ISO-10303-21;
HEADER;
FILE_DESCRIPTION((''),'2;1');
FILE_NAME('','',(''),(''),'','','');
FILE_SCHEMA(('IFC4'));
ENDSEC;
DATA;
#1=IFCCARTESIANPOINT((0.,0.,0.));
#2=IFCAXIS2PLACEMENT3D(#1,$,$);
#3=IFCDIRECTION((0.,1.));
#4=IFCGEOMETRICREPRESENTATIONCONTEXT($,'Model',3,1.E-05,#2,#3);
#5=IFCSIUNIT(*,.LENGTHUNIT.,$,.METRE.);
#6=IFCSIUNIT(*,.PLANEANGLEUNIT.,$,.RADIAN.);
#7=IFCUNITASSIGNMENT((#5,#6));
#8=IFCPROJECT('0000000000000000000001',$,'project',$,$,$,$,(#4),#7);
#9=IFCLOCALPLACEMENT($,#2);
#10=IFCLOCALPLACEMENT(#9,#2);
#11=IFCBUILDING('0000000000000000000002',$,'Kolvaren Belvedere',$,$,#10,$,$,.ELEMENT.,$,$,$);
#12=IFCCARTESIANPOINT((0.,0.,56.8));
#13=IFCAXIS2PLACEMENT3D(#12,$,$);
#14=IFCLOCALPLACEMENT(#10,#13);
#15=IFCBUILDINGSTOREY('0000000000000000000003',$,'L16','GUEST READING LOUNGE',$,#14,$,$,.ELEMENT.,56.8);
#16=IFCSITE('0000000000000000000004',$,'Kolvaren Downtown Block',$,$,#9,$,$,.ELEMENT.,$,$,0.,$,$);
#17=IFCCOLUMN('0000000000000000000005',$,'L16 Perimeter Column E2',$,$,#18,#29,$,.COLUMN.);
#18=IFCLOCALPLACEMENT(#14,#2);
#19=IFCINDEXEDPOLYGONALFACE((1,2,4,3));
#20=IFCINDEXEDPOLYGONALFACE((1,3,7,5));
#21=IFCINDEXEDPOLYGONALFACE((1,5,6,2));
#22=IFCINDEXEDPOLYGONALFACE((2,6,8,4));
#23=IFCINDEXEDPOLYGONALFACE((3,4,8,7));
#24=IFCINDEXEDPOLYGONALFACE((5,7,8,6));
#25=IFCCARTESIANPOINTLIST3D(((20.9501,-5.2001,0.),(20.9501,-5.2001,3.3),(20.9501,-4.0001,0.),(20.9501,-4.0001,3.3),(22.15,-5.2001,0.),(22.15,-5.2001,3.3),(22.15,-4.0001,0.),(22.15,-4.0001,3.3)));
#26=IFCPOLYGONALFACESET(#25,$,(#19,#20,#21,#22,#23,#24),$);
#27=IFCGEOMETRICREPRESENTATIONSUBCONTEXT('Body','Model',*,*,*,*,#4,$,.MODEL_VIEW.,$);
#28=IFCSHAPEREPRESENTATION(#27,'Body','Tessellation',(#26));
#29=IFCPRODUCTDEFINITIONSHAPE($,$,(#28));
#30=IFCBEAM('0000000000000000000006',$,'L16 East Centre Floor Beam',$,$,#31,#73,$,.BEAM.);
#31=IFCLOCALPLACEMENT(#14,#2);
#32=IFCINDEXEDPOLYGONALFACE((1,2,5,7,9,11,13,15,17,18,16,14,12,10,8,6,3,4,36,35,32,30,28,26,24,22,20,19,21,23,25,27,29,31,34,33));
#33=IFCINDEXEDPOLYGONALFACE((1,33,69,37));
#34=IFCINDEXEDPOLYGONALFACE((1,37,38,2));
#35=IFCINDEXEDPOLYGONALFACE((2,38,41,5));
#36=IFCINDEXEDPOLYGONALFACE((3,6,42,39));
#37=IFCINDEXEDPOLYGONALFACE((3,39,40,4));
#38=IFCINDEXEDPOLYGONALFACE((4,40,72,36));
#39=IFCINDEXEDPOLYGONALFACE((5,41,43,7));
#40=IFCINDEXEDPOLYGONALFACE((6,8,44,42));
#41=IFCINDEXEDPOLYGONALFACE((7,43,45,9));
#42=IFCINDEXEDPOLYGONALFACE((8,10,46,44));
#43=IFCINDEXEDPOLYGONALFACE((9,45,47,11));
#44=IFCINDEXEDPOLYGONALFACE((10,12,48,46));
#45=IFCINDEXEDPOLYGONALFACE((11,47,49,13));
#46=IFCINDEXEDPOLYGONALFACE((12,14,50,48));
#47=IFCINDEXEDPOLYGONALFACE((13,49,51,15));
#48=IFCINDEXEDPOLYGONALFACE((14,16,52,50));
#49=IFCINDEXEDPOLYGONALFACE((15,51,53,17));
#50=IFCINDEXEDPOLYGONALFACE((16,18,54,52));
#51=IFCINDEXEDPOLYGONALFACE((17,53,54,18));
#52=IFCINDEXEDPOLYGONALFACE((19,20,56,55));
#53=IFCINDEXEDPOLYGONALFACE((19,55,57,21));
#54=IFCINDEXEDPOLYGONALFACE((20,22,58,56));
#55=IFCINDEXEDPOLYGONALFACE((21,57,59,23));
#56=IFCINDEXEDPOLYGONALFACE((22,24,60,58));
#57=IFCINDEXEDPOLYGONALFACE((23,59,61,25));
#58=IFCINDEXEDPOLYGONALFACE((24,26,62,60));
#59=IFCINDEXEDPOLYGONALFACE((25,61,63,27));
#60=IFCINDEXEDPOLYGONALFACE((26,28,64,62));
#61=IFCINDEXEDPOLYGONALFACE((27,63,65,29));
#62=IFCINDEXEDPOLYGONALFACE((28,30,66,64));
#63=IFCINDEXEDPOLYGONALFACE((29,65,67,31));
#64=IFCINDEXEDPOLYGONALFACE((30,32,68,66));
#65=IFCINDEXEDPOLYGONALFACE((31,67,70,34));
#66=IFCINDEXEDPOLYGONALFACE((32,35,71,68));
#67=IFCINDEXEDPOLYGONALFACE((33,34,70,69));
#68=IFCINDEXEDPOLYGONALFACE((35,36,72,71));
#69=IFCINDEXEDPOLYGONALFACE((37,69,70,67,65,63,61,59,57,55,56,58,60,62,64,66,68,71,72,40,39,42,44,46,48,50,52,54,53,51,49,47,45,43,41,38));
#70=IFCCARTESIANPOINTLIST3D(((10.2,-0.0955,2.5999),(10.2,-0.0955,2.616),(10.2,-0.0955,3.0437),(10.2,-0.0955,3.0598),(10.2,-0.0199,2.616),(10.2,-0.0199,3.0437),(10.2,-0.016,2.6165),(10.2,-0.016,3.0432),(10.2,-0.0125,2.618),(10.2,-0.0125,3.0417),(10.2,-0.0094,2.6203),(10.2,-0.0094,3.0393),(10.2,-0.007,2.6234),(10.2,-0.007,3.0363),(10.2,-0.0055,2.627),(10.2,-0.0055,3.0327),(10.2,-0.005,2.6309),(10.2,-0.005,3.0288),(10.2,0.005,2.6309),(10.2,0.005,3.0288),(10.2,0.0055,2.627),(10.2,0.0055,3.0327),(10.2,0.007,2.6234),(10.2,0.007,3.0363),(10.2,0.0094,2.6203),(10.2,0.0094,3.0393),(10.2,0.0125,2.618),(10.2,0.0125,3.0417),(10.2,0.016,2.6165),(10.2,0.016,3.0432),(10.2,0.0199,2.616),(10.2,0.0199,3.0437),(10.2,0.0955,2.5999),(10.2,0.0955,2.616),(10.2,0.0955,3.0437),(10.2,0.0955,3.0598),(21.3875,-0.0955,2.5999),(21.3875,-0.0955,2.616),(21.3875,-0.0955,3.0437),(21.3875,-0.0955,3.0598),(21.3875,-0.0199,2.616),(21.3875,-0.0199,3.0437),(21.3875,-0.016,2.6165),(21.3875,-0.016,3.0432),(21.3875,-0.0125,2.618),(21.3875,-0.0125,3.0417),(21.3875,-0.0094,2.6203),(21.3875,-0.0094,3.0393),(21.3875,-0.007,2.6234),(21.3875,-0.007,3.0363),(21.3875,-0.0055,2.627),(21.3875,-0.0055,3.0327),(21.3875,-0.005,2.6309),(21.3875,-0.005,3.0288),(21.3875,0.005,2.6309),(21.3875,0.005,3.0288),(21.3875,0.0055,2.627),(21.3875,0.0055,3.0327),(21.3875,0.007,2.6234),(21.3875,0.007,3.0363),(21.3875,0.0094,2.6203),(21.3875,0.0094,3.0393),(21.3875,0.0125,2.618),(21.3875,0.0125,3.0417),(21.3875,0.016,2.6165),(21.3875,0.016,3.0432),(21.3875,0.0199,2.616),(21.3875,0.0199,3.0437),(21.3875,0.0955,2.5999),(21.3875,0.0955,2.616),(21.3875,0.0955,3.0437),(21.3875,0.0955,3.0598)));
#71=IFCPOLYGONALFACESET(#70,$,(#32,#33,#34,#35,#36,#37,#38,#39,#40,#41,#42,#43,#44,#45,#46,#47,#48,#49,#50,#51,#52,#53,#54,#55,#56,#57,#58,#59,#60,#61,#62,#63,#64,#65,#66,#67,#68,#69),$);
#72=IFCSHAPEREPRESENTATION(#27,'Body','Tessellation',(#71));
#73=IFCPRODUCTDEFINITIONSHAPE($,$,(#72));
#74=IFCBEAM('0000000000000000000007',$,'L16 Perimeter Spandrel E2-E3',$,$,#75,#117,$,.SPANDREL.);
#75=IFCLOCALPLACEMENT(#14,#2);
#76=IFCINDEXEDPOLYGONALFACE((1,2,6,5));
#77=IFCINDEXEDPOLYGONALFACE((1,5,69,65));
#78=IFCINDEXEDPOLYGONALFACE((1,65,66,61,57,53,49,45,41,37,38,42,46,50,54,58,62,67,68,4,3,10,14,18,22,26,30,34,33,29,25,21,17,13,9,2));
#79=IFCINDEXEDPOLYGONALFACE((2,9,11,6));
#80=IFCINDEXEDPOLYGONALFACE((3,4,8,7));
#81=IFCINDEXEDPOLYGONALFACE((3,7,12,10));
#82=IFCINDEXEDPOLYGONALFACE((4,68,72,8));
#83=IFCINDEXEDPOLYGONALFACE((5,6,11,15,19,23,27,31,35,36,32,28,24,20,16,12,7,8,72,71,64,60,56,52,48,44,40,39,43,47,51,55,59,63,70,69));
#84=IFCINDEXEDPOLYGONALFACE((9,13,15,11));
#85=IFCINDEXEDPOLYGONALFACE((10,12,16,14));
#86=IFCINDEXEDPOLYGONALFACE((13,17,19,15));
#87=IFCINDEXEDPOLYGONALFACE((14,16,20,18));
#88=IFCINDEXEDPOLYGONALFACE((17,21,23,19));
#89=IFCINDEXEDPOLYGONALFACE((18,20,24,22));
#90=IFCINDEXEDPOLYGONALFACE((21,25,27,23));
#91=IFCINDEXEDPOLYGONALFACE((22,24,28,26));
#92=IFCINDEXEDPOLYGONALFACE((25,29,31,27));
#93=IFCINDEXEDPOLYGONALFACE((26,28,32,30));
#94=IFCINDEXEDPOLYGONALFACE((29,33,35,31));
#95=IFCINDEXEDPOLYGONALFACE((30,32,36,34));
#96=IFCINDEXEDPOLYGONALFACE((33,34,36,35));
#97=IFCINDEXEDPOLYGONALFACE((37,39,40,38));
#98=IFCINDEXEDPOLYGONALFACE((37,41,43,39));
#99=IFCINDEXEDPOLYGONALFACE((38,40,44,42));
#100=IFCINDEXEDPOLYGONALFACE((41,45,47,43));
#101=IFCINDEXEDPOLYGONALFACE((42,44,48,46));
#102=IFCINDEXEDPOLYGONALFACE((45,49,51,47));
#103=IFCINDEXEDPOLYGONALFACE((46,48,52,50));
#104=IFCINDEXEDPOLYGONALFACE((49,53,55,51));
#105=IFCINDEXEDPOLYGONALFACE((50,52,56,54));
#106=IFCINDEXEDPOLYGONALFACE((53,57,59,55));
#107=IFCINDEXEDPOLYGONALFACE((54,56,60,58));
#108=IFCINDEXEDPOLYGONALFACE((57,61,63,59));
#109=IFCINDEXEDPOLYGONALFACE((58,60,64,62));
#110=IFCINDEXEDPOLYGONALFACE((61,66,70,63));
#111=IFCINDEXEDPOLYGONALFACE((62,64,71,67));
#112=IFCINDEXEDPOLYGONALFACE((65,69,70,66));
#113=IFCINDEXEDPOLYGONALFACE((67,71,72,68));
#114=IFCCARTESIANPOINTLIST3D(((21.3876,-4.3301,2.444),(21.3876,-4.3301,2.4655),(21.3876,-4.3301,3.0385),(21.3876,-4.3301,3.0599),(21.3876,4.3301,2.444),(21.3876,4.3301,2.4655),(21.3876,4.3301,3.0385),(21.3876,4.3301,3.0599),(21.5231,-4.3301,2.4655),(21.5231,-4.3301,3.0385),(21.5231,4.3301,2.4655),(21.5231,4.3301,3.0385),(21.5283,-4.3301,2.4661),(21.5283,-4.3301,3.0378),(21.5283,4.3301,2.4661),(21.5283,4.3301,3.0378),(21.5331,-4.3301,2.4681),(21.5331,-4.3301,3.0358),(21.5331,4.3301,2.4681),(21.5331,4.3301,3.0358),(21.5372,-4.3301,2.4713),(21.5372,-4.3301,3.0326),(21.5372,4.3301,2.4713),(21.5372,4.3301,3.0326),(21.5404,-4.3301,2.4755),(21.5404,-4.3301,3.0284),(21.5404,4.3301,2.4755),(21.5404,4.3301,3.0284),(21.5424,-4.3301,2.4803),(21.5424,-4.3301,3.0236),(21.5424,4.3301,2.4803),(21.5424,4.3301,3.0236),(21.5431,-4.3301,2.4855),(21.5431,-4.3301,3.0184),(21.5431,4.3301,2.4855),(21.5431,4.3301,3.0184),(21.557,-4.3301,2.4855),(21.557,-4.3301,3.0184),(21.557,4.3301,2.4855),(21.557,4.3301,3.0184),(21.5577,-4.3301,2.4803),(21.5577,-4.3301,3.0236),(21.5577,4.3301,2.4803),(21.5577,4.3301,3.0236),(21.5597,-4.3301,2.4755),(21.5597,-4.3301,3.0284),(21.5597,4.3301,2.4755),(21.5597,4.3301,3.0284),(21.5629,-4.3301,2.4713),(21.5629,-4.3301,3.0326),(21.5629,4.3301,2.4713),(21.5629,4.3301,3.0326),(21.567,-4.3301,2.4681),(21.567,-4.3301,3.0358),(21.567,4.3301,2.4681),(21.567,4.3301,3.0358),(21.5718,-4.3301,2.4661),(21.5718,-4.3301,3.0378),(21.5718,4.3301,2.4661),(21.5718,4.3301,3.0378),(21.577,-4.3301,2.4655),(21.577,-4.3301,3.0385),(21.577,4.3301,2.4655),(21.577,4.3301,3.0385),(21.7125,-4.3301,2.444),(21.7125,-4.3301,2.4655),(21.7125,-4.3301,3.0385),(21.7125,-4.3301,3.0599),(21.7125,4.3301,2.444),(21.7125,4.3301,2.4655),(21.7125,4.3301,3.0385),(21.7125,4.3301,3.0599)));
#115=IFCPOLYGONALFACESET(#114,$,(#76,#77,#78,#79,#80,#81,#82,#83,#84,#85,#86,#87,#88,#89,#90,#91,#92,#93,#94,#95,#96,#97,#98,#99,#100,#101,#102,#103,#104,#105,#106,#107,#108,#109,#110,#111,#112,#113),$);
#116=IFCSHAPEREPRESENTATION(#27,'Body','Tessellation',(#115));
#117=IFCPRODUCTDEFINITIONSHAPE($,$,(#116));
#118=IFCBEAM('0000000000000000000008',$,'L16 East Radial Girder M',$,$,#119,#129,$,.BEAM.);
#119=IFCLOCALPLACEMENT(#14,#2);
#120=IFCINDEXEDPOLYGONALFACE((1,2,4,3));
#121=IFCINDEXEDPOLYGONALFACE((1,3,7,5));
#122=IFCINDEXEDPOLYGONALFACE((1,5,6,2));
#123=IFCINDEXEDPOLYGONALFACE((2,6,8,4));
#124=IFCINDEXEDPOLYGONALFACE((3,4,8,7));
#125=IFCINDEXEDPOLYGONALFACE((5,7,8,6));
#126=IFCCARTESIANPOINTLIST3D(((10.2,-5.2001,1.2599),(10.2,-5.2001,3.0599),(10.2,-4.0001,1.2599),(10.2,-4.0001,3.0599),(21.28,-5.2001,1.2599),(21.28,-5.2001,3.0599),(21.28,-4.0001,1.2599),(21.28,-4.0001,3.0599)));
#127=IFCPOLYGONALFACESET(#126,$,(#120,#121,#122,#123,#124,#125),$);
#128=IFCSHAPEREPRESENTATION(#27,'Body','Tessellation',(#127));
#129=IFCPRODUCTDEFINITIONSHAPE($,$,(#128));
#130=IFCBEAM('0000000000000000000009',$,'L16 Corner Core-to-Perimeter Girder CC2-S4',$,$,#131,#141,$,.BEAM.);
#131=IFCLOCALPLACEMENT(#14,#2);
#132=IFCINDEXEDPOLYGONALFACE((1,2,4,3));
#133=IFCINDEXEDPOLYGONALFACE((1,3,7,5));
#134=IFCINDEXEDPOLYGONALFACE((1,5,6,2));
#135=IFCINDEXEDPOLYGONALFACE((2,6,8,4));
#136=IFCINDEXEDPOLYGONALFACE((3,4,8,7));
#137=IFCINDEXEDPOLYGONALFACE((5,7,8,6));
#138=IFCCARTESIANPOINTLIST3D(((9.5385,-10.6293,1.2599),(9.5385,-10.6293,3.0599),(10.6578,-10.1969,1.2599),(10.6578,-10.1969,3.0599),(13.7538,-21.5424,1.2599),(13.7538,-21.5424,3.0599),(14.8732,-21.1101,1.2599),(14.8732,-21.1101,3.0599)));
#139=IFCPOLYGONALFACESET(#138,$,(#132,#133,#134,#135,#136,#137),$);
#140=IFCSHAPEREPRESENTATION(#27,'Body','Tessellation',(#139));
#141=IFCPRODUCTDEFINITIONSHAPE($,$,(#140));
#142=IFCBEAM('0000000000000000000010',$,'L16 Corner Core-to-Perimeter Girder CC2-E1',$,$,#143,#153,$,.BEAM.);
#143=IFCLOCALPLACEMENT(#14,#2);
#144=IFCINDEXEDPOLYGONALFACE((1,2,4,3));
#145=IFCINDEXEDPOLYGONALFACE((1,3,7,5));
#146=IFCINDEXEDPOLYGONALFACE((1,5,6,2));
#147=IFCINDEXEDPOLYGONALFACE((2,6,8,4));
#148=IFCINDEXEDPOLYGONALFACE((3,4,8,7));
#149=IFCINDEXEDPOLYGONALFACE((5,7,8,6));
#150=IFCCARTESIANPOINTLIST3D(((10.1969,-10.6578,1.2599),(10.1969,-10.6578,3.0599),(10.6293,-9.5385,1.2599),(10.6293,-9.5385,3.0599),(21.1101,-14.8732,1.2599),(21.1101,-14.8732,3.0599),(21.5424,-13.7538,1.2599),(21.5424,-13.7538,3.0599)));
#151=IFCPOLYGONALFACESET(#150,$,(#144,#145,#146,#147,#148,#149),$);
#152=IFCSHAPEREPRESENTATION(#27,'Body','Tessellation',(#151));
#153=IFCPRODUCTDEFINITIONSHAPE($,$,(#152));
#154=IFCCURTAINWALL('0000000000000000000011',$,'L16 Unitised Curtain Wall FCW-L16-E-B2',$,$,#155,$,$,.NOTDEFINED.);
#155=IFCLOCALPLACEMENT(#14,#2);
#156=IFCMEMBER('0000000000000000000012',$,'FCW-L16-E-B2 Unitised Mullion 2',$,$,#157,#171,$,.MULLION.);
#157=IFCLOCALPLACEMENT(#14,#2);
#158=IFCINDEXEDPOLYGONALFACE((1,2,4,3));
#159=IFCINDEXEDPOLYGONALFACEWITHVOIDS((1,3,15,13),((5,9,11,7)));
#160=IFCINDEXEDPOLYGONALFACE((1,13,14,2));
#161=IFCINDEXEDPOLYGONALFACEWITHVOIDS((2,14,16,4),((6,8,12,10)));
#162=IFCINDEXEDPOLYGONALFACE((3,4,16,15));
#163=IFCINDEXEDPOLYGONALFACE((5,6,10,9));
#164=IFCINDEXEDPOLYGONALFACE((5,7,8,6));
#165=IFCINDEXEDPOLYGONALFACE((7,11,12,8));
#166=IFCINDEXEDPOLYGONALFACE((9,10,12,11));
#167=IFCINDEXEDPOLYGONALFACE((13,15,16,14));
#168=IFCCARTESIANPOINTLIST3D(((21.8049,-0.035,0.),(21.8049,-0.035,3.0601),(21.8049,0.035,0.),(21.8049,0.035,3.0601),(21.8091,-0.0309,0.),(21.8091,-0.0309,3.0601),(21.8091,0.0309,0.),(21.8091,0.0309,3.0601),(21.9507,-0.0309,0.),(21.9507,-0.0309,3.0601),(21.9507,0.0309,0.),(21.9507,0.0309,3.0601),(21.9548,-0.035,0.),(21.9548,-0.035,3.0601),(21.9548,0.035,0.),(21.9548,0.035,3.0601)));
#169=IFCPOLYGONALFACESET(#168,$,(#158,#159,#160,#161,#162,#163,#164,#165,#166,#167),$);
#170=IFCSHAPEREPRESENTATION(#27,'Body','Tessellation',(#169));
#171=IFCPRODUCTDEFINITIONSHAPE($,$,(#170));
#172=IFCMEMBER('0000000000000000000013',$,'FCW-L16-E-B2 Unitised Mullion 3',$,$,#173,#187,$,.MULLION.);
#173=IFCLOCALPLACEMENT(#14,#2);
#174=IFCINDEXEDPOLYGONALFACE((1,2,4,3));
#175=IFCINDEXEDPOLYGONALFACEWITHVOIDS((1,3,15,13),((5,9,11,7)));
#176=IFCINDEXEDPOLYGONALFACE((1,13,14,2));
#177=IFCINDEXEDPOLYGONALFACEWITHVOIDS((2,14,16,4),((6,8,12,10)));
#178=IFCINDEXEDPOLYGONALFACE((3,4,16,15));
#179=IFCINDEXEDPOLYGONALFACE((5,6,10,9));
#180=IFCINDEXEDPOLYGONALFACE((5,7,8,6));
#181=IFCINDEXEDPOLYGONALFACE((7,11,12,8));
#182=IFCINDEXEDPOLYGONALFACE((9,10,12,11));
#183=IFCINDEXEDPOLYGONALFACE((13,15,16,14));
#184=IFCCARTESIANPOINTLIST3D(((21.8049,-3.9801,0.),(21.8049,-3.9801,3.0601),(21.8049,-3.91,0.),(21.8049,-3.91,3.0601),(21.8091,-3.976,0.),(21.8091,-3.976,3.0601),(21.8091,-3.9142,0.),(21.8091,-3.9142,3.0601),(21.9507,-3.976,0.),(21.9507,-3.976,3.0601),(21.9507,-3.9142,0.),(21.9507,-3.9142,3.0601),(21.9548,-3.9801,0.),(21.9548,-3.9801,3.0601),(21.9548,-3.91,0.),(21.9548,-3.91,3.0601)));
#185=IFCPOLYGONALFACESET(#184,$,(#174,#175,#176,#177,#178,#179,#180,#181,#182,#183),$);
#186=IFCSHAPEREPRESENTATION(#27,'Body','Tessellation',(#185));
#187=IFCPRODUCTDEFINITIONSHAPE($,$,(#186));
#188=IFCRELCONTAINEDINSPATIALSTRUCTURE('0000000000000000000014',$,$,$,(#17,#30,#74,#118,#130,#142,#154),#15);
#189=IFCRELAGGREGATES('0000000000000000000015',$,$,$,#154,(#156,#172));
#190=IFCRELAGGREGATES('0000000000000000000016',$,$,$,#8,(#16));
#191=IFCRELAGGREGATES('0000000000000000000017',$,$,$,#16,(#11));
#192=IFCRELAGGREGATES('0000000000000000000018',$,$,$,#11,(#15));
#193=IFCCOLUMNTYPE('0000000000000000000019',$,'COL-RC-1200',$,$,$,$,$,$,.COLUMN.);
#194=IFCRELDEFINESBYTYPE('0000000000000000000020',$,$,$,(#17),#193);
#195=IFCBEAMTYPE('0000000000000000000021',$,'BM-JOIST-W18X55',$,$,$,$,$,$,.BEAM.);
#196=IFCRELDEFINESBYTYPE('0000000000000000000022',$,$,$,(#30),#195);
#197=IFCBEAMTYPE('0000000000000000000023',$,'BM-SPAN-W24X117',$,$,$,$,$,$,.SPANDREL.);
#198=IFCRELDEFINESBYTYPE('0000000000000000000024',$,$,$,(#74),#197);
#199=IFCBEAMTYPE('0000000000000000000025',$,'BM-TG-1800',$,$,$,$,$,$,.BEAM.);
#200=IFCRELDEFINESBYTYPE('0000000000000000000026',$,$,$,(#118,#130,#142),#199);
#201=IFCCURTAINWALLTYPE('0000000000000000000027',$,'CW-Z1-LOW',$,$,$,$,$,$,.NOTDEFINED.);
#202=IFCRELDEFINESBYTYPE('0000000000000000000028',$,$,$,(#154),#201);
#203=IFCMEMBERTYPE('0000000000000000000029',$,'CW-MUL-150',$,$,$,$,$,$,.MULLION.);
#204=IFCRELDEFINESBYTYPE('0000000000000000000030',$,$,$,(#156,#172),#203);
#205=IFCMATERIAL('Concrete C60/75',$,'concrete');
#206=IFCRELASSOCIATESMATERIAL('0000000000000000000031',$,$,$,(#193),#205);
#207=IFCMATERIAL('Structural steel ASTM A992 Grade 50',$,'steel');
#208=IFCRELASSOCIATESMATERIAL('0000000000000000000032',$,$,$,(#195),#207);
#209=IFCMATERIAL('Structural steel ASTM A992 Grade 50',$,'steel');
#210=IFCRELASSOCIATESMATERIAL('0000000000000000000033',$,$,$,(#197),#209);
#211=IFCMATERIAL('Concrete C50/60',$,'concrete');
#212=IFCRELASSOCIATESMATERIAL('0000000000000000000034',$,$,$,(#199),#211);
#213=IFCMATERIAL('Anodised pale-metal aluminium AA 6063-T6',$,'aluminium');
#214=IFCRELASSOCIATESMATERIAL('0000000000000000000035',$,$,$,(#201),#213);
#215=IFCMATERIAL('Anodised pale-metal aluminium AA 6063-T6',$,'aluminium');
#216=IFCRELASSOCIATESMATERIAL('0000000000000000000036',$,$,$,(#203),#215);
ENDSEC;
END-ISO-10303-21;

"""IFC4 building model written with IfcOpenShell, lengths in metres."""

from ifc_helpers import new_model, si_unit, direction, frame, origin, origin_2d, place, context, subcontext, project, spatial, rectangle, hollow_rectangle, i_section, extrude, material, material_profile, profile_set, type_object, element, aggregate, save


model = new_model("IFC4")

# Units and contexts
model_context = context("Model", 3, precision=1e-05, world=origin(), true_north=direction((0.0, 1.0)))
body_context = subcontext(model_context, "Body", "Model", "MODEL_VIEW")
ifc_project = project(units=[si_unit("LENGTHUNIT", "METRE"), si_unit("PLANEANGLEUNIT", "RADIAN")], contexts=[model_context])

# Site, building, storey
site_placement = place(None, origin())
site = spatial("IfcSite", under=ifc_project, at=site_placement, Name="Kolvaren Downtown Block", CompositionType="ELEMENT", RefElevation=0.0)
building_placement = place(site_placement, origin())
building = spatial("IfcBuilding", under=site, at=building_placement, Name="Kolvaren Belvedere", CompositionType="ELEMENT")
storey_placement = place(building_placement, frame((0.0, 0.0, 56.8)))
storey = spatial("IfcBuildingStorey", under=building, at=storey_placement, Name="L16", Description="GUEST READING LOUNGE", CompositionType="ELEMENT", Elevation=56.8)

# Column
ifc_material_1 = material(Name="Concrete C60/75", Category="concrete")
ifc_material_profile_1 = material_profile(ifc_material_1, rectangle(XDim=1.2, YDim=1.2, at=origin_2d()), Name="RC 1200X1200")
ifc_profile_set_1 = profile_set([ifc_material_profile_1], Name="Concrete C60/75")
column_type = type_object("IfcColumnType", Name="COL-RC-1200", PredefinedType="COLUMN", material=ifc_profile_set_1)
column_placement = place(storey_placement, frame((21.55, -4.6001, 0.0), z_axis=(0.0, 0.0, 1.0), x_axis=(1.0, 0.0, 0.0)))
element("IfcColumn", 1, at=column_placement, inside=storey, type_object=column_type, Name="L16 Perimeter Column E2", PredefinedType="COLUMN", context=body_context, shape_type="SweptSolid", body=[
    extrude(rectangle(XDim=1.2, YDim=1.2, at=origin_2d()), origin(), (0.0, 0.0, 1.0), 3.3),
])

# Beams
ifc_material_2 = material(Name="Structural steel ASTM A992 Grade 50", Category="steel")
ifc_material_profile_2 = material_profile(ifc_material_2, i_section(OverallWidth=0.1909, OverallDepth=0.46, WebThickness=0.01, FlangeThickness=0.0161, FilletRadius=0.0149, at=origin_2d()), Name="W18X55")
ifc_profile_set_2 = profile_set([ifc_material_profile_2], Name="Structural steel ASTM A992 Grade 50")
beam_type_1 = type_object("IfcBeamType", Name="BM-JOIST-W18X55", PredefinedType="BEAM", material=ifc_profile_set_2)
beam_1_placement = place(storey_placement, frame((10.2, 0.0, 2.8298), z_axis=(1.0, 0.0, 0.0), x_axis=(0.0, 1.0, 0.0)))
element("IfcBeam", 2, at=beam_1_placement, inside=storey, type_object=beam_type_1, Name="L16 East Centre Floor Beam", PredefinedType="BEAM", context=body_context, shape_type="SweptSolid", body=[
    extrude(i_section(OverallWidth=0.1909, OverallDepth=0.46, WebThickness=0.01, FlangeThickness=0.0161, FilletRadius=0.0149, at=origin_2d()), origin(), (0.0, 0.0, 1.0), 11.1875),
])
ifc_material_3 = material(Name="Structural steel ASTM A992 Grade 50", Category="steel")
ifc_material_profile_3 = material_profile(ifc_material_3, i_section(OverallWidth=0.325, OverallDepth=0.616, WebThickness=0.0139, FlangeThickness=0.0215, FilletRadius=0.02, at=origin_2d()), Name="W24X117")
ifc_profile_set_3 = profile_set([ifc_material_profile_3], Name="Structural steel ASTM A992 Grade 50")
beam_type_2 = type_object("IfcBeamType", Name="BM-SPAN-W24X117", PredefinedType="SPANDREL", material=ifc_profile_set_3)
beam_2_placement = place(storey_placement, frame((21.55, -4.3301, 2.752), z_axis=(0.0, 1.0, 0.0), x_axis=(-1.0, 0.0, 0.0)))
element("IfcBeam", 3, at=beam_2_placement, inside=storey, type_object=beam_type_2, Name="L16 Perimeter Spandrel E2-E3", PredefinedType="SPANDREL", context=body_context, shape_type="SweptSolid", body=[
    extrude(i_section(OverallWidth=0.325, OverallDepth=0.616, WebThickness=0.0139, FlangeThickness=0.0215, FilletRadius=0.02, at=origin_2d()), origin(), (0.0, 0.0, 1.0), 8.6602),
])
ifc_material_4 = material(Name="Concrete C50/60", Category="concrete")
ifc_material_profile_4 = material_profile(ifc_material_4, rectangle(XDim=1.2, YDim=1.8, at=origin_2d()), Name="RC 1200X1800")
ifc_profile_set_4 = profile_set([ifc_material_profile_4], Name="Concrete C50/60")
beam_type_3 = type_object("IfcBeamType", Name="BM-TG-1800", PredefinedType="BEAM", material=ifc_profile_set_4)
beam_3_placement = place(storey_placement, frame((10.2, -4.6001, 2.1599), z_axis=(1.0, 0.0, 0.0), x_axis=(0.0, 1.0, 0.0)))
element("IfcBeam", 4, at=beam_3_placement, inside=storey, type_object=beam_type_3, Name="L16 East Radial Girder M", PredefinedType="BEAM", context=body_context, shape_type="SweptSolid", body=[
    extrude(rectangle(XDim=1.2, YDim=1.8, at=origin_2d()), origin(), (0.0, 0.0, 1.0), 11.0801),
])
for number, where, z_axis, x_axis, name in (
    (5, (10.0981, -10.4131, 2.1599), (0.360318, -0.932829, 0.0), (0.932829, 0.360318, 0.0), "L16 Corner Core-to-Perimeter Girder CC2-S4"),
    (6, (10.4131, -10.0981, 2.1599), (0.932829, -0.360318, 0.0), (0.360318, 0.932829, 0.0), "L16 Corner Core-to-Perimeter Girder CC2-E1"),
):
    element("IfcBeam", number, at=place(storey_placement, frame(where, z_axis=z_axis, x_axis=x_axis)), inside=storey, type_object=beam_type_3, Name=name, PredefinedType="BEAM", context=body_context, shape_type="SweptSolid", body=[
        extrude(rectangle(XDim=1.2, YDim=1.8, at=origin_2d()), origin(), (0.0, 0.0, 1.0), 11.699),
    ])

# Curtain wall, members
ifc_material_5 = material(Name="Anodised pale-metal aluminium AA 6063-T6", Category="aluminium")
curtain_wall_type = type_object("IfcCurtainWallType", Name="CW-Z1-LOW", PredefinedType="NOTDEFINED", material=ifc_material_5)
curtain_wall_1_placement = place(storey_placement, origin())
curtain_wall_1 = element("IfcCurtainWall", 7, at=curtain_wall_1_placement, inside=storey, type_object=curtain_wall_type, Name="L16 Unitised Curtain Wall FCW-L16-E-B2", PredefinedType="NOTDEFINED")
ifc_material_6 = material(Name="Anodised pale-metal aluminium AA 6063-T6", Category="aluminium")
ifc_material_profile_5 = material_profile(ifc_material_6, hollow_rectangle(XDim=0.0701, YDim=0.1499, WallThickness=0.0042, at=origin_2d()), Name="ALU-MUL-150X70")
ifc_profile_set_5 = profile_set([ifc_material_profile_5], Name="Anodised pale-metal aluminium AA 6063-T6")
member_type_1 = type_object("IfcMemberType", Name="CW-MUL-150", PredefinedType="MULLION", material=ifc_profile_set_5)
member_1_placement = place(storey_placement, frame((21.8799, 0.0, 0.0), z_axis=(0.0, 0.0, 1.0), x_axis=(0.0, 1.0, 0.0)))
member_1 = element("IfcMember", 8, at=member_1_placement, type_object=member_type_1, Name="FCW-L16-E-B2 Unitised Mullion 2", PredefinedType="MULLION", context=body_context, shape_type="SweptSolid", body=[
    extrude(hollow_rectangle(XDim=0.0701, YDim=0.1499, WallThickness=0.0042, at=origin_2d()), origin(), (0.0, 0.0, 1.0), 3.0601),
])
member_2_placement = place(storey_placement, frame((21.8799, -3.9451, 0.0), z_axis=(0.0, 0.0, 1.0), x_axis=(0.0, 1.0, 0.0)))
member_2 = element("IfcMember", 9, at=member_2_placement, type_object=member_type_1, Name="FCW-L16-E-B2 Unitised Mullion 3", PredefinedType="MULLION", context=body_context, shape_type="SweptSolid", body=[
    extrude(hollow_rectangle(XDim=0.0701, YDim=0.1499, WallThickness=0.0042, at=origin_2d()), origin(), (0.0, 0.0, 1.0), 3.0601),
])

aggregate(curtain_wall_1, [member_1, member_2])

save(model, "model.ifc")
